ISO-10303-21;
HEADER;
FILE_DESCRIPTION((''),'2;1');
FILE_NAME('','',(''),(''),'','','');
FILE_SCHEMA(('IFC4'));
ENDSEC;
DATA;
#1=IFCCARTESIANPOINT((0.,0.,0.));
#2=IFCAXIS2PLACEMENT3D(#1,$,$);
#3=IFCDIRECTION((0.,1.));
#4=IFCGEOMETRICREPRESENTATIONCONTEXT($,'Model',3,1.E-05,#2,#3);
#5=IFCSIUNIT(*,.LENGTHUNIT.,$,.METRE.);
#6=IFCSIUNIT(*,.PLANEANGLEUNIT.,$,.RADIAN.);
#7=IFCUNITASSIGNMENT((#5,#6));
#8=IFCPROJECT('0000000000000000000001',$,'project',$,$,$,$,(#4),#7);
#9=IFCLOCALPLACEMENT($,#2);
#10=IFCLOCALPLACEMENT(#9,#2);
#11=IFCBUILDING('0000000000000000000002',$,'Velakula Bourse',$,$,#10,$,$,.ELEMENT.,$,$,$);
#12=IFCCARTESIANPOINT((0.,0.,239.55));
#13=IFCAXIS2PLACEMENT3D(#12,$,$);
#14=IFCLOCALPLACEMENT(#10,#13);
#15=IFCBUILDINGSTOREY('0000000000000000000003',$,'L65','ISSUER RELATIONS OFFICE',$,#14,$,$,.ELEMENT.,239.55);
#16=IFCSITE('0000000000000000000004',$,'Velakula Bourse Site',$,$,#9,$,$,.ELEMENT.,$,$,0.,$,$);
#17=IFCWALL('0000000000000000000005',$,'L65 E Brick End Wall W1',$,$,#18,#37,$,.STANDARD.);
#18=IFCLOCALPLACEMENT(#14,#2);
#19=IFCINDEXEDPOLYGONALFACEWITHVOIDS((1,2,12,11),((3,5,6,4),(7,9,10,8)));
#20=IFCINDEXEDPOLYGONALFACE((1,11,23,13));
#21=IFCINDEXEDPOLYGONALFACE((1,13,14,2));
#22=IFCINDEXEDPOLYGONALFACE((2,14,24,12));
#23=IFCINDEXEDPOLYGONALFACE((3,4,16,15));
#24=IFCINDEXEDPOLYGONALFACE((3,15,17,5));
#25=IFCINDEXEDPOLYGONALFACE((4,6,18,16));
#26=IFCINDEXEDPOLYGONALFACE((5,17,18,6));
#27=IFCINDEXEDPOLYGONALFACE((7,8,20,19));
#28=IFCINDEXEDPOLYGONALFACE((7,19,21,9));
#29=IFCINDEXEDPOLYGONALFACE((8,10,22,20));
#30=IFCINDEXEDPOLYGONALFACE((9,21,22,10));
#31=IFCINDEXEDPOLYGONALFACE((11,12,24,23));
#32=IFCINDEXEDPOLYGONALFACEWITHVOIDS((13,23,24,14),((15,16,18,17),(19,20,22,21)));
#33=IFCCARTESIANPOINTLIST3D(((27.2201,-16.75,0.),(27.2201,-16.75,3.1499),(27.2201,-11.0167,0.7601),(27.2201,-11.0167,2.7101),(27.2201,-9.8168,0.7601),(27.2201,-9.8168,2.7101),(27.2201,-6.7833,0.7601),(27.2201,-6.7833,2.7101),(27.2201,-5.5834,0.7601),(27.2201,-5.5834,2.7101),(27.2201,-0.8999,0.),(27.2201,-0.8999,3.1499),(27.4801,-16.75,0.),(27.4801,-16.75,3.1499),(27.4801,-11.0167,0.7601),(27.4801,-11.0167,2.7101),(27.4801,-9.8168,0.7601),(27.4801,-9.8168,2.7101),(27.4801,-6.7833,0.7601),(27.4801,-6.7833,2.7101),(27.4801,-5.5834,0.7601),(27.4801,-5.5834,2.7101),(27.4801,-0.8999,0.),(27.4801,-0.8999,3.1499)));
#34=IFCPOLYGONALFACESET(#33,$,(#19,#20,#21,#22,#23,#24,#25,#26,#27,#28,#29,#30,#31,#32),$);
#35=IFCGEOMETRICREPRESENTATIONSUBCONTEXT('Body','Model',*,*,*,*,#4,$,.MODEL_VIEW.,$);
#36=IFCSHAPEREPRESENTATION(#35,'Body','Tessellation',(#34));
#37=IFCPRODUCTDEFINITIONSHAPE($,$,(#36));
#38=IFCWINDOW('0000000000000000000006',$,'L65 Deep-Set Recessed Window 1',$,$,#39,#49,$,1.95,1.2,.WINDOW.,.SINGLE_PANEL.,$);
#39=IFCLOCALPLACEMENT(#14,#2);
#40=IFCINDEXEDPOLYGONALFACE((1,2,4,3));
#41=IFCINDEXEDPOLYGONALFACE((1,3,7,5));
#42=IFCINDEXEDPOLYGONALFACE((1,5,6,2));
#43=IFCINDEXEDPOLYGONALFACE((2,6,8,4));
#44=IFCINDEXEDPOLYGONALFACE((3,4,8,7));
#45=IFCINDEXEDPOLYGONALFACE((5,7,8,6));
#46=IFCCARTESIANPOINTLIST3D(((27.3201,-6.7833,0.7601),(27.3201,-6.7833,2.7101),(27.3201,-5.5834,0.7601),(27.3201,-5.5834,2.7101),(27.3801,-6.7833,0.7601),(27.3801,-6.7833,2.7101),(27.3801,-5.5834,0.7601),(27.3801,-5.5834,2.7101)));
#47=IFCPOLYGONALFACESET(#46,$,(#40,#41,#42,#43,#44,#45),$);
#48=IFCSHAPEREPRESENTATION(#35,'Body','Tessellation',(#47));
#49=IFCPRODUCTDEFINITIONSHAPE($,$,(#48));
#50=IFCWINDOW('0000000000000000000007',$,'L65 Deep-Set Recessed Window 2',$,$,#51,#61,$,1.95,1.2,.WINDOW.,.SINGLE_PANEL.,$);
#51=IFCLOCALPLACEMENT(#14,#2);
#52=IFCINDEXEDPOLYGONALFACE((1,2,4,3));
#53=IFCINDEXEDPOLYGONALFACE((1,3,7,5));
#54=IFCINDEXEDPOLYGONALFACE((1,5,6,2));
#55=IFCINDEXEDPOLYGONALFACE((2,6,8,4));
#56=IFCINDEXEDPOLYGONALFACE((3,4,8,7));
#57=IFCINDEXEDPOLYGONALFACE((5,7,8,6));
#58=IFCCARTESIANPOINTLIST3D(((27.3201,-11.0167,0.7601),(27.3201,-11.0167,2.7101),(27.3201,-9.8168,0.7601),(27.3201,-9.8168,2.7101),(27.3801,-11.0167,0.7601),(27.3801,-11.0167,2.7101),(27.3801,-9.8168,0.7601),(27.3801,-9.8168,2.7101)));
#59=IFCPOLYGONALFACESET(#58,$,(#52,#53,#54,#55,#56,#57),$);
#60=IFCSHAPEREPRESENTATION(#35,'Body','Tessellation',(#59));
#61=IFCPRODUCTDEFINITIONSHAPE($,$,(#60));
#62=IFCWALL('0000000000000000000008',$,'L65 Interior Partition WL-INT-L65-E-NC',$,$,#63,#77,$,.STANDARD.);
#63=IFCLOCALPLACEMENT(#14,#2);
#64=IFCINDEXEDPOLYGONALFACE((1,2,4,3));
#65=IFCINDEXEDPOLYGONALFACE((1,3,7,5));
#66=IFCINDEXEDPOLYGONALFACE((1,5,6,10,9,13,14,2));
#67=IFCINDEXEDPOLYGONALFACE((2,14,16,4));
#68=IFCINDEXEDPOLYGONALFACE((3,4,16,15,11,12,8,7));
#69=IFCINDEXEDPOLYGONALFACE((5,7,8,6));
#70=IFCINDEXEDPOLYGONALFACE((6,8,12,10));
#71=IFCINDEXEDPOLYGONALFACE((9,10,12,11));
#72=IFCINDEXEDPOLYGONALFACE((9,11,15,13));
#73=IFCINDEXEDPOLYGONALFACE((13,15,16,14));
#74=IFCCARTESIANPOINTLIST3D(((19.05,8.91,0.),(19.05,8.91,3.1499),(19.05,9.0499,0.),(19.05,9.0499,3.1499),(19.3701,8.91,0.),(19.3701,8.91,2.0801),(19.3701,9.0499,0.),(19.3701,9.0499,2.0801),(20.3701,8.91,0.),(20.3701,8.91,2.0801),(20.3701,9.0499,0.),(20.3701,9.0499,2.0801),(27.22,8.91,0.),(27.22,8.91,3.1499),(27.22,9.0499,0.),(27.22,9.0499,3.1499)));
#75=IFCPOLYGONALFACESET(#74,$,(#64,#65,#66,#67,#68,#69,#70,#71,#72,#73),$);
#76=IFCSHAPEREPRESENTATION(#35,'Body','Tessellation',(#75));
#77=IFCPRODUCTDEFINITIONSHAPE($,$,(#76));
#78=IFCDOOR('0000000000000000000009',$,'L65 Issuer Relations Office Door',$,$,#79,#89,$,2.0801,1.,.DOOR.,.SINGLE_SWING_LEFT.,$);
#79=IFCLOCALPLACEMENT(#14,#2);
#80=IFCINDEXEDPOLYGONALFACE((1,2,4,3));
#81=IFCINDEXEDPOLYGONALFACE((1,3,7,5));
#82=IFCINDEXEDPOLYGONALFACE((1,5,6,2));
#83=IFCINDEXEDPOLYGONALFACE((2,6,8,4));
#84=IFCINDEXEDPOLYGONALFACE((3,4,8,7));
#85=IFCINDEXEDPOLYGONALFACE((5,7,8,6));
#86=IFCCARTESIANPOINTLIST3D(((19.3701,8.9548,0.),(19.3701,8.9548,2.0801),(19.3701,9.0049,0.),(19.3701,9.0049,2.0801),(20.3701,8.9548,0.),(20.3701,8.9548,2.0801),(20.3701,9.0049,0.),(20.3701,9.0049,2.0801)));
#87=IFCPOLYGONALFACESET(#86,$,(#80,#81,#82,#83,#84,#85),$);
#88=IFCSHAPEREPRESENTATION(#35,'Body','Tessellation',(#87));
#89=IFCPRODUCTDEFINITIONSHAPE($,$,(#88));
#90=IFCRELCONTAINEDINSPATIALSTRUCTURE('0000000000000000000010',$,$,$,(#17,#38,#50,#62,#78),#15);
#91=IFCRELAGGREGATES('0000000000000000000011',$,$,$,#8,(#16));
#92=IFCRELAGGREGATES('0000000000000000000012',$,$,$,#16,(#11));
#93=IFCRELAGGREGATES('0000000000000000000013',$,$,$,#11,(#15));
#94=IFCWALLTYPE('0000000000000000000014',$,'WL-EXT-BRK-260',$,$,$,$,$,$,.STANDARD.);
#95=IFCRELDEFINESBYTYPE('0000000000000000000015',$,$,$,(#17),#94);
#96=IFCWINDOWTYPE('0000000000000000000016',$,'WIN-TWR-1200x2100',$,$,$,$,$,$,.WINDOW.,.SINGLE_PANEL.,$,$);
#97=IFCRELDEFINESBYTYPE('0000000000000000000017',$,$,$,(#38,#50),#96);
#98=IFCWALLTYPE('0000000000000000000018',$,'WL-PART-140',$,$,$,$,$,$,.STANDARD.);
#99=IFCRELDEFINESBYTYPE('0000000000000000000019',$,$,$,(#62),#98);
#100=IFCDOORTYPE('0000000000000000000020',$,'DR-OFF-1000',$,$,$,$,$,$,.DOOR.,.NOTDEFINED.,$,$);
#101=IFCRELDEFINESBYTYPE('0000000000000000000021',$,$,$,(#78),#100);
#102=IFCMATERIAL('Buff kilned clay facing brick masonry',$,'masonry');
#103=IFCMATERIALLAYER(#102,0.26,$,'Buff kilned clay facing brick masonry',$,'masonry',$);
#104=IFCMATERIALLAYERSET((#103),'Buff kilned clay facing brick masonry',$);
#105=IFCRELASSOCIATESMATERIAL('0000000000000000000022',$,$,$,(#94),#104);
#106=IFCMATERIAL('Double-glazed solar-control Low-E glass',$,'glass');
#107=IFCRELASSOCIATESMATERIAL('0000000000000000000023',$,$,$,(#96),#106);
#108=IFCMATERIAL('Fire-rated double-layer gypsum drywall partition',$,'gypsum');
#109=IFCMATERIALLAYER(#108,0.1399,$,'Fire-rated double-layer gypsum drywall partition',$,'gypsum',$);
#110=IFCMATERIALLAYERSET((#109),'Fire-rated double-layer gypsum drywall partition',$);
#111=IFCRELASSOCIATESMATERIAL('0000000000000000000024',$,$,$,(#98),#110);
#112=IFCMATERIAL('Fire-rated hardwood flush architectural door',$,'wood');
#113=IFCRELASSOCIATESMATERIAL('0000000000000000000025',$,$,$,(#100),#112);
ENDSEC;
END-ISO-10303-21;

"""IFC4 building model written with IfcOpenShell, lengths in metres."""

from ifc_helpers import new_model, si_unit, direction, frame, frame_2d, origin, place, context, subcontext, project, spatial, rectangle, extrude, material, layer, layer_set, type_object, element, fill, save


model = new_model("IFC4")

# Units and contexts
model_context = context("Model", 3, precision=1e-05, world=origin(), true_north=direction((0.0, 1.0)))
body_context = subcontext(model_context, "Body", "Model", "MODEL_VIEW")
ifc_project = project(units=[si_unit("LENGTHUNIT", "METRE"), si_unit("PLANEANGLEUNIT", "RADIAN")], contexts=[model_context])

# Site, building, storey
site_placement = place(None, origin())
site = spatial("IfcSite", under=ifc_project, at=site_placement, Name="Velakula Bourse Site", CompositionType="ELEMENT", RefElevation=0.0)
building_placement = place(site_placement, origin())
building = spatial("IfcBuilding", under=site, at=building_placement, Name="Velakula Bourse", CompositionType="ELEMENT")
storey_placement = place(building_placement, frame((0.0, 0.0, 239.55)))
storey = spatial("IfcBuildingStorey", under=building, at=storey_placement, Name="L65", Description="ISSUER RELATIONS OFFICE", CompositionType="ELEMENT", Elevation=239.55)

# Wall, openings, windows
ifc_material_1 = material(Name="Buff kilned clay facing brick masonry", Category="masonry")
ifc_layer_1 = layer(ifc_material_1, 0.26, Name="Buff kilned clay facing brick masonry", Category="masonry")
ifc_layer_set_1 = layer_set([ifc_layer_1], Name="Buff kilned clay facing brick masonry")
wall_type_1 = type_object("IfcWallType", Name="WL-EXT-BRK-260", PredefinedType="STANDARD", material=ifc_layer_set_1)
wall_1_placement = place(storey_placement, frame((27.3501, -0.8999, 0.0), z_axis=(0.0, 0.0, 1.0), x_axis=(0.0, -1.0, 0.0)))
wall_1 = element("IfcWall", 1, at=wall_1_placement, inside=storey, type_object=wall_type_1, Name="L65 E Brick End Wall W1", PredefinedType="STANDARD", context=body_context, shape_type="SweptSolid", body=[
    extrude(rectangle(XDim=15.8501, YDim=0.26, at=frame_2d((7.925, 0.0))), origin(), (0.0, 0.0, 1.0), 3.1499),
])
opening_1_placement = place(wall_1_placement, frame((4.6833, 0.0, 0.76)))
opening_1 = element("IfcOpeningElement", 2, at=opening_1_placement, cuts=wall_1, PredefinedType="OPENING", context=body_context, shape_type="SweptSolid", body=[
    extrude(rectangle(XDim=1.2, YDim=1.95, at=frame_2d((0.6001, 0.9751))), frame((0.0, 0.1399, 0.0), z_axis=(0.0, -1.0, 0.0), x_axis=(1.0, 0.0, 0.0)), (0.0, 0.0, 1.0), 0.28),
])
opening_2_placement = place(wall_1_placement, frame((8.9167, 0.0, 0.76)))
opening_2 = element("IfcOpeningElement", 3, at=opening_2_placement, cuts=wall_1, PredefinedType="OPENING", context=body_context, shape_type="SweptSolid", body=[
    extrude(rectangle(XDim=1.2, YDim=1.95, at=frame_2d((0.6001, 0.9751))), frame((0.0, 0.1399, 0.0), z_axis=(0.0, -1.0, 0.0), x_axis=(1.0, 0.0, 0.0)), (0.0, 0.0, 1.0), 0.28),
])
ifc_material_2 = material(Name="Double-glazed solar-control Low-E glass", Category="glass")
window_type = type_object("IfcWindowType", Name="WIN-TWR-1200x2100", PartitioningType="SINGLE_PANEL", PredefinedType="WINDOW", material=ifc_material_2)
window_1_placement = place(opening_1_placement, origin())
window_1 = element("IfcWindow", 4, at=window_1_placement, inside=storey, type_object=window_type, Name="L65 Deep-Set Recessed Window 1", OverallHeight=1.95, OverallWidth=1.2, PartitioningType="SINGLE_PANEL", PredefinedType="WINDOW", context=body_context, shape_type="SweptSolid", body=[
    extrude(rectangle(XDim=1.2, YDim=1.95, at=frame_2d((0.6001, 0.9751))), frame((0.0, 0.03, 0.0), z_axis=(0.0, -1.0, 0.0), x_axis=(1.0, 0.0, 0.0)), (0.0, 0.0, 1.0), 0.0601),
])
fill(opening_1, window_1)
window_2_placement = place(opening_2_placement, origin())
window_2 = element("IfcWindow", 5, at=window_2_placement, inside=storey, type_object=window_type, Name="L65 Deep-Set Recessed Window 2", OverallHeight=1.95, OverallWidth=1.2, PartitioningType="SINGLE_PANEL", PredefinedType="WINDOW", context=body_context, shape_type="SweptSolid", body=[
    extrude(rectangle(XDim=1.2, YDim=1.95, at=frame_2d((0.6001, 0.9751))), frame((0.0, 0.03, 0.0), z_axis=(0.0, -1.0, 0.0), x_axis=(1.0, 0.0, 0.0)), (0.0, 0.0, 1.0), 0.0601),
])
fill(opening_2, window_2)

# Wall, opening, door
ifc_material_3 = material(Name="Fire-rated double-layer gypsum drywall partition", Category="gypsum")
ifc_layer_2 = layer(ifc_material_3, 0.1399, Name="Fire-rated double-layer gypsum drywall partition", Category="gypsum")
ifc_layer_set_2 = layer_set([ifc_layer_2], Name="Fire-rated double-layer gypsum drywall partition")
wall_type_2 = type_object("IfcWallType", Name="WL-PART-140", PredefinedType="STANDARD", material=ifc_layer_set_2)
wall_2_placement = place(storey_placement, frame((19.05, 8.98, 0.0), z_axis=(0.0, 0.0, 1.0), x_axis=(1.0, 0.0, 0.0)))
wall_2 = element("IfcWall", 6, at=wall_2_placement, inside=storey, type_object=wall_type_2, Name="L65 Interior Partition WL-INT-L65-E-NC", PredefinedType="STANDARD", context=body_context, shape_type="SweptSolid", body=[
    extrude(rectangle(XDim=8.1699, YDim=0.1399, at=frame_2d((4.085, 0.0))), origin(), (0.0, 0.0, 1.0), 3.1499),
])
opening_3_placement = place(wall_2_placement, frame((0.3201, 0.0, 0.0)))
opening_3 = element("IfcOpeningElement", 7, at=opening_3_placement, cuts=wall_2, PredefinedType="OPENING", context=body_context, shape_type="SweptSolid", body=[
    extrude(rectangle(XDim=1.0, YDim=2.0801, at=frame_2d((0.5, 1.04))), frame((0.0, 0.0798, 0.0), z_axis=(0.0, -1.0, 0.0), x_axis=(1.0, 0.0, 0.0)), (0.0, 0.0, 1.0), 0.1599),
])
ifc_material_4 = material(Name="Fire-rated hardwood flush architectural door", Category="wood")
door_type = type_object("IfcDoorType", Name="DR-OFF-1000", OperationType="NOTDEFINED", PredefinedType="DOOR", material=ifc_material_4)
door_placement = place(opening_3_placement, origin())
door = element("IfcDoor", 8, at=door_placement, inside=storey, type_object=door_type, Name="L65 Issuer Relations Office Door", OperationType="SINGLE_SWING_LEFT", OverallHeight=2.0801, OverallWidth=1.0, PredefinedType="DOOR", context=body_context, shape_type="SweptSolid", body=[
    extrude(rectangle(XDim=1.0, YDim=2.0801, at=frame_2d((0.5, 1.04))), frame((0.0, 0.0249, 0.0), z_axis=(0.0, -1.0, 0.0), x_axis=(1.0, 0.0, 0.0)), (0.0, 0.0, 1.0), 0.05),
])
fill(opening_3, door)

save(model, "model.ifc")
